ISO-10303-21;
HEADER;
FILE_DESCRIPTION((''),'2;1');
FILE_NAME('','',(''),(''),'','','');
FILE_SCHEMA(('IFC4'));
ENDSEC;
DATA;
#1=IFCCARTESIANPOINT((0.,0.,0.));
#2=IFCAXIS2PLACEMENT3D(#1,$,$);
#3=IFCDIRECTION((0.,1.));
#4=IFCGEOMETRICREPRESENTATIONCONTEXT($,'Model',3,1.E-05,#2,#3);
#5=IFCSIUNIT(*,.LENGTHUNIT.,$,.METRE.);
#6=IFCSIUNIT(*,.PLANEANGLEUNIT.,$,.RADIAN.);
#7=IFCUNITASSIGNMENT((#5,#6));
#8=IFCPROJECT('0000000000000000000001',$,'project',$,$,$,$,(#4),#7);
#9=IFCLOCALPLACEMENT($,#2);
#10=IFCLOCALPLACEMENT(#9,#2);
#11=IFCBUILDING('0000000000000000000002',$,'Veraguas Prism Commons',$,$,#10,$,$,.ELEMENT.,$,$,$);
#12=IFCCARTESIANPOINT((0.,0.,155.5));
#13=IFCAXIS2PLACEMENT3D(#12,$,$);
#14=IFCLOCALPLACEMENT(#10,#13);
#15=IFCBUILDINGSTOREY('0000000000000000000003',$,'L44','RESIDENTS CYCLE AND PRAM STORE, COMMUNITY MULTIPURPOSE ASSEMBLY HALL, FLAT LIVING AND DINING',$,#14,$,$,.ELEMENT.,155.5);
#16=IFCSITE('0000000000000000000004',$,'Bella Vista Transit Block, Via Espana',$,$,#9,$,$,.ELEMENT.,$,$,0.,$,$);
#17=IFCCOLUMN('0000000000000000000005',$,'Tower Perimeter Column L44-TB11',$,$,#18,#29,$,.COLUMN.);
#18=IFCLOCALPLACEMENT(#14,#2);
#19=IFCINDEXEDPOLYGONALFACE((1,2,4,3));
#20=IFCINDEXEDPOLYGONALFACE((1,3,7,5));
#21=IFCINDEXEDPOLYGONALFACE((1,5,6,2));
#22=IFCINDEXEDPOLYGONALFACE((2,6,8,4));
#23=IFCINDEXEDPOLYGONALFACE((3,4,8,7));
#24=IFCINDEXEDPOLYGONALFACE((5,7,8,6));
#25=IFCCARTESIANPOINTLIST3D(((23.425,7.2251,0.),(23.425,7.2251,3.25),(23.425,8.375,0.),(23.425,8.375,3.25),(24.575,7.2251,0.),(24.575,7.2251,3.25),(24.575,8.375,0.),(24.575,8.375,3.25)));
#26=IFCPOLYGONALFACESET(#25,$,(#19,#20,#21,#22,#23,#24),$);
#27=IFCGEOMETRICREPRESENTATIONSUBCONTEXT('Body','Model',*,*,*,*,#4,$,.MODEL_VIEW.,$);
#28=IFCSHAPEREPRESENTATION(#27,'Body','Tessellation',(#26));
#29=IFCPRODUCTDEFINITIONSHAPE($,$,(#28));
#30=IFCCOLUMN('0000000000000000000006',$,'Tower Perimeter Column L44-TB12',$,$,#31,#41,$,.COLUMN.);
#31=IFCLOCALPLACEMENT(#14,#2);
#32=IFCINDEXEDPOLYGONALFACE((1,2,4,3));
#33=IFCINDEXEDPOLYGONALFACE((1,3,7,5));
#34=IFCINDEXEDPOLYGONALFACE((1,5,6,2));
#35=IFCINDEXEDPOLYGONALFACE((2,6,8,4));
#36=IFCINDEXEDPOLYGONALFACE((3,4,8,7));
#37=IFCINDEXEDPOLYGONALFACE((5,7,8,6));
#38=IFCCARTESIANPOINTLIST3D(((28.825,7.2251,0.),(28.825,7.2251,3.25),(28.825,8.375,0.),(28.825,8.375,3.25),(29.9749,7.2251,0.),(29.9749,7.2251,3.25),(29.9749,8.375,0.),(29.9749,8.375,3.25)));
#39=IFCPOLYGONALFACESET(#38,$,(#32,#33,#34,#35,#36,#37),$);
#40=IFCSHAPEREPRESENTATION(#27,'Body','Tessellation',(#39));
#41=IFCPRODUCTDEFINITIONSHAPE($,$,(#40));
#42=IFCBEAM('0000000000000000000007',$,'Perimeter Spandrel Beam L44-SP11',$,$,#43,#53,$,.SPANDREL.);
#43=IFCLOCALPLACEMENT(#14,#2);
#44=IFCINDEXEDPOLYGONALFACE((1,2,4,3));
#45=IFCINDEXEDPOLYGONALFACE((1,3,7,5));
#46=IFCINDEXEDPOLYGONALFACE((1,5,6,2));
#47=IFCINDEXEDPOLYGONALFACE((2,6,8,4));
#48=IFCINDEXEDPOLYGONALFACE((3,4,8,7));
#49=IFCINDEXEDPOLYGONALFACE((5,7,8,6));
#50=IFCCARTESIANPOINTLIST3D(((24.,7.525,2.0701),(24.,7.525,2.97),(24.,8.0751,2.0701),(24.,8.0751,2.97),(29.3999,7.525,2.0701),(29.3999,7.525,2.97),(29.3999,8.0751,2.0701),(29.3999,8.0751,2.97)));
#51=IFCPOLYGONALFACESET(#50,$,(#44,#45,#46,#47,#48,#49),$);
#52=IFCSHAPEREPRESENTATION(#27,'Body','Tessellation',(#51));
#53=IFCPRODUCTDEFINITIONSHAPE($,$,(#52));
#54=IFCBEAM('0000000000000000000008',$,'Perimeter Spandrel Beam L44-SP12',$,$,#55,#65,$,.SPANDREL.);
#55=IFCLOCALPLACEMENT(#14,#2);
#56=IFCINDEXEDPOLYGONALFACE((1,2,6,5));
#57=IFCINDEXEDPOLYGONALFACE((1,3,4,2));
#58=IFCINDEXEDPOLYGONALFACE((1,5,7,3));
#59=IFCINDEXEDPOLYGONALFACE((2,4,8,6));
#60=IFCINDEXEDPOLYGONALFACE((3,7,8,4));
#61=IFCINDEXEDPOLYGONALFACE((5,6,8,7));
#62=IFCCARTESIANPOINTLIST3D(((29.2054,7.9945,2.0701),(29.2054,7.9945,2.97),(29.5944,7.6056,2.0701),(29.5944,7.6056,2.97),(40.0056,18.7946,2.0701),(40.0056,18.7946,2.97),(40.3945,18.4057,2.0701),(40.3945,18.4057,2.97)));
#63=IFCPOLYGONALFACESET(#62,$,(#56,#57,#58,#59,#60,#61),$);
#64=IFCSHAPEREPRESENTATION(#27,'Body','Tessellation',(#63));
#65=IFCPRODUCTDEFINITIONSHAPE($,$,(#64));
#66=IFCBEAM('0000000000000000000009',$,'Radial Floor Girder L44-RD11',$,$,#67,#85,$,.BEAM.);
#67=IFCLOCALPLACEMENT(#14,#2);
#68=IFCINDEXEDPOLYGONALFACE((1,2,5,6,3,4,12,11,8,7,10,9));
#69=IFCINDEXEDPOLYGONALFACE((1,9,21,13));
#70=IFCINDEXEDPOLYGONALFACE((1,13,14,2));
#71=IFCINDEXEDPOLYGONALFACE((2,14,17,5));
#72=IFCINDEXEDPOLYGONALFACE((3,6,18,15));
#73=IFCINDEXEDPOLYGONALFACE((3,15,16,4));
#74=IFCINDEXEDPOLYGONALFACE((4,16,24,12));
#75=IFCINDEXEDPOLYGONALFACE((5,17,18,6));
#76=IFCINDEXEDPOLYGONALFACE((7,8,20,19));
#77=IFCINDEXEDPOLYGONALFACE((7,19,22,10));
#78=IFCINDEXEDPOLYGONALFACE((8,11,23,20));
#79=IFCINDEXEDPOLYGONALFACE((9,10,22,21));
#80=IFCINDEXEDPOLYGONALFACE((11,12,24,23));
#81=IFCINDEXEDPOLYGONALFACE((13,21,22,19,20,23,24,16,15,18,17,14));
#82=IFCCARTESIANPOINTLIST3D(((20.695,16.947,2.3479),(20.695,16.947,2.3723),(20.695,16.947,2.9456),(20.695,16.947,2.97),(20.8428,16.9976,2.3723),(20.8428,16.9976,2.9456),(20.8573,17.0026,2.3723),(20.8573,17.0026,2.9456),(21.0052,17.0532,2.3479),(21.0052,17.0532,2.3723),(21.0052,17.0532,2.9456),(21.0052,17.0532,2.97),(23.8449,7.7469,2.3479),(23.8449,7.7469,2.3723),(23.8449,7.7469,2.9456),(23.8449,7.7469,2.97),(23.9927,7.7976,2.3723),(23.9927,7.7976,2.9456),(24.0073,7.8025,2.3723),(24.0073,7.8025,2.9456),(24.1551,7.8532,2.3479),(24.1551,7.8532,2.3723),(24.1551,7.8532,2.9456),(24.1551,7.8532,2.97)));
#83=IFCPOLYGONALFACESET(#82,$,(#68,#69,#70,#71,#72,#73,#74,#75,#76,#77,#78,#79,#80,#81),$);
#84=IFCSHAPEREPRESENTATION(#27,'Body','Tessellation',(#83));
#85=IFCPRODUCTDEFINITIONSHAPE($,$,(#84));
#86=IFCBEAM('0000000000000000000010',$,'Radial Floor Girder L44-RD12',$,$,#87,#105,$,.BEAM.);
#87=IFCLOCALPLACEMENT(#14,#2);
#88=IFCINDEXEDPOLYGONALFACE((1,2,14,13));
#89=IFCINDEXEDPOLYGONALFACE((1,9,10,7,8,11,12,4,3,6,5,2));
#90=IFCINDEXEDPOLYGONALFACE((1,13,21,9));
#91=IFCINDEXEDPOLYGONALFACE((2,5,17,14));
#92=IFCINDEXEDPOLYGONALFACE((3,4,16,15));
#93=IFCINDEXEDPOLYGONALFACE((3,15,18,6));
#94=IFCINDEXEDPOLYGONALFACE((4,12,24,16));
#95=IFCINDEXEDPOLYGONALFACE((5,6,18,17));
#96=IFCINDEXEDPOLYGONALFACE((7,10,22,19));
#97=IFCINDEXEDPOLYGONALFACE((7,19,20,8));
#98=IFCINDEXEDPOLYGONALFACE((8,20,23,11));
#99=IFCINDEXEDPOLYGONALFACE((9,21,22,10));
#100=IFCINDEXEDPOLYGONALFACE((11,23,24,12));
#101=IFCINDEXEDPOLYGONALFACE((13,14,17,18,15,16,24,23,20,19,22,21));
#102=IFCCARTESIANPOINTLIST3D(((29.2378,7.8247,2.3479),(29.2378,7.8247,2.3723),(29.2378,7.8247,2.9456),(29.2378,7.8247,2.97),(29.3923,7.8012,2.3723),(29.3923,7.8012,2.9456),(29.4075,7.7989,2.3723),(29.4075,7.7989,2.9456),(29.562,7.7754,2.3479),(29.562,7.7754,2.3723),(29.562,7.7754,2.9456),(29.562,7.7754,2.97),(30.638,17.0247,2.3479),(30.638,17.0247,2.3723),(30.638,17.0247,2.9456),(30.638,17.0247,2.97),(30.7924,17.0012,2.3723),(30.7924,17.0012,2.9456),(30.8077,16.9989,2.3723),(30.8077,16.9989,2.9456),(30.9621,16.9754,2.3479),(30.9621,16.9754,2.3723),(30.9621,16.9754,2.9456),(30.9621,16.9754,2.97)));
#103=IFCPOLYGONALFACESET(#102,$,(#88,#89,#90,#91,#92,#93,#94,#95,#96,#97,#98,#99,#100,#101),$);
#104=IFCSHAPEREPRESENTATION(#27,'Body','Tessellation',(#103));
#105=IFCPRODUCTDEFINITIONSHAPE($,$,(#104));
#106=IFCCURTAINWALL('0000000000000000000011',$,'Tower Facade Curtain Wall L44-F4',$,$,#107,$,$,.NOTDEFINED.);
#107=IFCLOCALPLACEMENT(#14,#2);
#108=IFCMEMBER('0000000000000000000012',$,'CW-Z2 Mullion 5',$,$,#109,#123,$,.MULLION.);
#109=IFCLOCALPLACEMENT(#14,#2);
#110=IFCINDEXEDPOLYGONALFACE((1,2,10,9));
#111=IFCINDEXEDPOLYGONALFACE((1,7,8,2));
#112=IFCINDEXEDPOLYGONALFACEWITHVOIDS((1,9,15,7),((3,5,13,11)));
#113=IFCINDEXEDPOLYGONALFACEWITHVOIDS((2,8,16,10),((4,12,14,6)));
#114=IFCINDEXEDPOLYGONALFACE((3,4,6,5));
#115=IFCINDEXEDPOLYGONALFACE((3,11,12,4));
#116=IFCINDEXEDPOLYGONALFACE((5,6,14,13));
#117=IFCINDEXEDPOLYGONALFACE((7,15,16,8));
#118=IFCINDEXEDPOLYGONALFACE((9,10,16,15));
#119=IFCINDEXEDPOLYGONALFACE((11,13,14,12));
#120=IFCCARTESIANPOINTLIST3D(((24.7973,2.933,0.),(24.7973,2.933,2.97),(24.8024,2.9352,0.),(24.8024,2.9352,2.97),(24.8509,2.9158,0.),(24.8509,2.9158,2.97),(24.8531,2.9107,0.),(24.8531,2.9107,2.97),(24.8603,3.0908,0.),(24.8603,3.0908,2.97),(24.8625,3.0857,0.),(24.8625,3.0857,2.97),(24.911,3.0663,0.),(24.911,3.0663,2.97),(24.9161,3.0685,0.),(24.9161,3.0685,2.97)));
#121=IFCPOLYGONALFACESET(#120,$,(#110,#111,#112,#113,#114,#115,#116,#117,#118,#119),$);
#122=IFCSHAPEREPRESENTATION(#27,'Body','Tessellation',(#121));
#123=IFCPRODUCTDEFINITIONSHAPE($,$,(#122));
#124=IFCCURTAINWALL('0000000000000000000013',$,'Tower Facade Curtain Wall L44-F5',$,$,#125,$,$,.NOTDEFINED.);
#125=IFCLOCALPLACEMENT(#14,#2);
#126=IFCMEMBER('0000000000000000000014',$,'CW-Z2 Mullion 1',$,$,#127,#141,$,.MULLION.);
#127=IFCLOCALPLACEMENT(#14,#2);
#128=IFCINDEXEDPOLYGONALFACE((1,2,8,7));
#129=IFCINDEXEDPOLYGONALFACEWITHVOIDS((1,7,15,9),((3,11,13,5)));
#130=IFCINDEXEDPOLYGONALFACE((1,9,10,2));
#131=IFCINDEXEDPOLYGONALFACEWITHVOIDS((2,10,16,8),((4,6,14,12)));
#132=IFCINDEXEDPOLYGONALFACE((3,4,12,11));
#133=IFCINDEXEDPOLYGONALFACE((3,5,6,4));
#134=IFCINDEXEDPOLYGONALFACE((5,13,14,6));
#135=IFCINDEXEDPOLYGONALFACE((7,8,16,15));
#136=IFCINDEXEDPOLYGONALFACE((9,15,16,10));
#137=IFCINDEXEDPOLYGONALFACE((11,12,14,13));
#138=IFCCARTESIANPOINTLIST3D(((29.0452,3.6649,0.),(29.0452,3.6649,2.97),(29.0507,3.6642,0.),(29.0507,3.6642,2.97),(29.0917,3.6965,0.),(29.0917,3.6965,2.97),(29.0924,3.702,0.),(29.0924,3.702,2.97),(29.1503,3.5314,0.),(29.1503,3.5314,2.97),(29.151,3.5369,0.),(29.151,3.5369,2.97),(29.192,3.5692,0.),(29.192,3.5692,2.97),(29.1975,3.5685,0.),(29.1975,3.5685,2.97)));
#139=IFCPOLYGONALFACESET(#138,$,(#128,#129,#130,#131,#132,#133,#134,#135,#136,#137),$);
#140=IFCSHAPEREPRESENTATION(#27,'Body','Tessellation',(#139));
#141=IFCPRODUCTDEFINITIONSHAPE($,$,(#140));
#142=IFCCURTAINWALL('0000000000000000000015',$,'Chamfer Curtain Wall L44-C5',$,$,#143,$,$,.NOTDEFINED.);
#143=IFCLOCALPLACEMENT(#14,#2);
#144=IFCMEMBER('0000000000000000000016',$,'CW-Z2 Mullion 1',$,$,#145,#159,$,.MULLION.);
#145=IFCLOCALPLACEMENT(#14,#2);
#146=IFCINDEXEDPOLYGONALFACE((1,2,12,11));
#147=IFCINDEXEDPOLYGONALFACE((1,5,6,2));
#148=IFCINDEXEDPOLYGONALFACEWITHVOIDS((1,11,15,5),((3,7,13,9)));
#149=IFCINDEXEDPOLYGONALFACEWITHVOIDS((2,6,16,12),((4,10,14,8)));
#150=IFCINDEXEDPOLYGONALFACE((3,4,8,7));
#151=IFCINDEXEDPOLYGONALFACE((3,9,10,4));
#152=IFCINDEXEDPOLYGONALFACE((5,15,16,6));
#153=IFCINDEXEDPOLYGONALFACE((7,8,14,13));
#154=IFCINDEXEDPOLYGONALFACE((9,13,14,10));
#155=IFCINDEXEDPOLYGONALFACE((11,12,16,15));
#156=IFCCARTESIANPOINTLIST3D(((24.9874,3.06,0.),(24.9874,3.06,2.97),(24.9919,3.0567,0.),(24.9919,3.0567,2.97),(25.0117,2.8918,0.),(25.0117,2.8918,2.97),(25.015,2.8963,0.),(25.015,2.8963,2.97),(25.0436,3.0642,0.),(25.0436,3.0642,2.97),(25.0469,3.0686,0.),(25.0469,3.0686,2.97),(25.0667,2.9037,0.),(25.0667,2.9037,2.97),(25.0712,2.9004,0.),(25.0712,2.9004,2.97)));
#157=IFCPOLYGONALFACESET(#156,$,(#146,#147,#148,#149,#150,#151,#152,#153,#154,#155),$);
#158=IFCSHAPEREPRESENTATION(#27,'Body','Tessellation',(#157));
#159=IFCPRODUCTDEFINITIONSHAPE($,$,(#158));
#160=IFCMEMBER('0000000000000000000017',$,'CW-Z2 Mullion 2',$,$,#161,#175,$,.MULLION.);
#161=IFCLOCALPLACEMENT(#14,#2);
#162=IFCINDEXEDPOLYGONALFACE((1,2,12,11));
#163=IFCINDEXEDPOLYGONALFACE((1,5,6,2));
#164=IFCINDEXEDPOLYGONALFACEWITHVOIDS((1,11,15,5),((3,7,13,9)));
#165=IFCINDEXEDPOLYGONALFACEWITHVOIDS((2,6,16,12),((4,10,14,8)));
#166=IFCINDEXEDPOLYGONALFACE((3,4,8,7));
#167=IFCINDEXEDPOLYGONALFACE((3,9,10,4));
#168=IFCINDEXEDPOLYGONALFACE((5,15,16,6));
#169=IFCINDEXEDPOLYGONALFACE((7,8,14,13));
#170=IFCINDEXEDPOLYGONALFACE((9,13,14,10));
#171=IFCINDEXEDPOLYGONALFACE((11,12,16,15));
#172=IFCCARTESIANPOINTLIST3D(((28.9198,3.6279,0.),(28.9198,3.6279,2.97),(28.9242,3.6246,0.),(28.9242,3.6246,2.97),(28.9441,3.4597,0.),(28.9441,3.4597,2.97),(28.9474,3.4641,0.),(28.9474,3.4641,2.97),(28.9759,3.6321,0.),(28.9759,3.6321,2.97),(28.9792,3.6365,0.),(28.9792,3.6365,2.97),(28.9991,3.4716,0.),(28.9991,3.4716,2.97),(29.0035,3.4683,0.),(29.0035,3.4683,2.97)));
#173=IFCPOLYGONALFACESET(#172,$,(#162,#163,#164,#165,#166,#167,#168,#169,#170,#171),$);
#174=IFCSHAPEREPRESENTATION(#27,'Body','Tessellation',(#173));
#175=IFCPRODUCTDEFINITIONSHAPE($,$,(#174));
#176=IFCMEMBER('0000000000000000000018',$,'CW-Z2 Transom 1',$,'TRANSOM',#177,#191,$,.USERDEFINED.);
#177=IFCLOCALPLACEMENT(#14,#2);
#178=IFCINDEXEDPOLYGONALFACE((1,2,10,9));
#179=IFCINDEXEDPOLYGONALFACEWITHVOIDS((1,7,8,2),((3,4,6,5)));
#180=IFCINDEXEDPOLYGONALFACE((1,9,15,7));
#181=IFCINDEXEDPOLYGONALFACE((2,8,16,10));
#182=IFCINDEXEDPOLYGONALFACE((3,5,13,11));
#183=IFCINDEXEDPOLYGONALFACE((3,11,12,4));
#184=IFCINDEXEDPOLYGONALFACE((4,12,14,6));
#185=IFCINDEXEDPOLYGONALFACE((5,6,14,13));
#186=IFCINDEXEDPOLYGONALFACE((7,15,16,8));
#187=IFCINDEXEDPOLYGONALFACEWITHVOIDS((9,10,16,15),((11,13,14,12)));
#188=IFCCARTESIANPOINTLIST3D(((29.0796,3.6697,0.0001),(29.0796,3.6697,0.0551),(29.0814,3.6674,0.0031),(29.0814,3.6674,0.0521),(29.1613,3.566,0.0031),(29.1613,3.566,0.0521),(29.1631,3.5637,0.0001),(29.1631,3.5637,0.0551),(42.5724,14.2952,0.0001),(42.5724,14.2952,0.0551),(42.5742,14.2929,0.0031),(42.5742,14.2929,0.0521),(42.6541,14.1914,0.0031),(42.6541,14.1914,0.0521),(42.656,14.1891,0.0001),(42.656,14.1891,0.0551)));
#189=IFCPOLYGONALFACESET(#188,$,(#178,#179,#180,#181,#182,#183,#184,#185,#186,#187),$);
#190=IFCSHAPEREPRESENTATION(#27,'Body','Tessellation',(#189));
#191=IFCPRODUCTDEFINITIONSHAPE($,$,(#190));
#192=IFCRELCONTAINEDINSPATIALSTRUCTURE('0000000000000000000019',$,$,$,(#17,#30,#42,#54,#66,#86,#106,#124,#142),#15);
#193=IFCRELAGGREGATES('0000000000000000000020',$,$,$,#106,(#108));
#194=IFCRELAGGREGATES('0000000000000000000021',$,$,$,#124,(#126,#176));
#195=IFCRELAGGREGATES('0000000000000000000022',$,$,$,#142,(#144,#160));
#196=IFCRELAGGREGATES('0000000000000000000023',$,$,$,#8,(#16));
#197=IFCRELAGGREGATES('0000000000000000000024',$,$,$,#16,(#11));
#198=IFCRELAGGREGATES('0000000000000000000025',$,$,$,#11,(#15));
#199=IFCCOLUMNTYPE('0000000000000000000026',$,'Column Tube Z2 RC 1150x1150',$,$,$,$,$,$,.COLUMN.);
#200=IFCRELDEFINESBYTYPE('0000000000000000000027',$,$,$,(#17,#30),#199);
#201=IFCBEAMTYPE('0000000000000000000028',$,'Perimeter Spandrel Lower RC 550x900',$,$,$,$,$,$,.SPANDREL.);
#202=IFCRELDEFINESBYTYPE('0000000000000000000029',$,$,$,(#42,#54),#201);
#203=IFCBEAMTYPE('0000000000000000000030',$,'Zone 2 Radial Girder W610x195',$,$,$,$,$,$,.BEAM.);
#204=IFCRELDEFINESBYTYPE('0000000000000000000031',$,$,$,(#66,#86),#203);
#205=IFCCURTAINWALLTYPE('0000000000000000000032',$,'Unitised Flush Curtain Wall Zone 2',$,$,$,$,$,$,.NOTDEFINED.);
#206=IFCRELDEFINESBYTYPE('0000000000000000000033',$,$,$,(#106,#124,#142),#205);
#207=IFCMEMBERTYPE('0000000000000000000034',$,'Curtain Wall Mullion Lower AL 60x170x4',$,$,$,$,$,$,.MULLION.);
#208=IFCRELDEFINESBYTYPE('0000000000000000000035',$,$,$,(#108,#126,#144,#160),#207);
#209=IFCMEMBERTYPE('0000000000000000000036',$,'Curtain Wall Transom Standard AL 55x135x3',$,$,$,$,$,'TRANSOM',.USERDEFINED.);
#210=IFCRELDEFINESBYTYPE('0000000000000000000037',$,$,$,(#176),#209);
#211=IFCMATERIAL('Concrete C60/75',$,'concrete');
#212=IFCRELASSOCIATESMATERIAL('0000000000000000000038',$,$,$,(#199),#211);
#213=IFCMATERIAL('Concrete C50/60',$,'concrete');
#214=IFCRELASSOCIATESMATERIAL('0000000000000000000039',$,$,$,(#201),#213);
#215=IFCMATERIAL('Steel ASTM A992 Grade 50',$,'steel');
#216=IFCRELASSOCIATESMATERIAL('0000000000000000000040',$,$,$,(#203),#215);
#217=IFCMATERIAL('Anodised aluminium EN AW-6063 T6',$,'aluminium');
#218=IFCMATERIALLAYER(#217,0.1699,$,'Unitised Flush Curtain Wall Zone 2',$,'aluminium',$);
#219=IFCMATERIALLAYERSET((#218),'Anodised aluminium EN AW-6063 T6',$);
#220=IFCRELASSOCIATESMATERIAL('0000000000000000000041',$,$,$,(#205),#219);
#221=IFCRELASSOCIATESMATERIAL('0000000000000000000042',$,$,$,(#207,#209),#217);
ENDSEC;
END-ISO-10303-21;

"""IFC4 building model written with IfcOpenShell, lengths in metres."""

from ifc_helpers import new_model, si_unit, direction, frame, origin, origin_2d, place, context, subcontext, project, spatial, rectangle, hollow_rectangle, i_section, extrude, source, transform, mapped, material, layer, layer_set, material_profile, profile_set, type_object, element, aggregate, save


model = new_model("IFC4")

# Units and contexts
model_context = context("Model", 3, precision=1e-05, world=origin(), true_north=direction((0.0, 1.0)))
body_context = subcontext(model_context, "Body", "Model", "MODEL_VIEW")
ifc_project = project(units=[si_unit("LENGTHUNIT", "METRE"), si_unit("PLANEANGLEUNIT", "RADIAN")], contexts=[model_context])

# Site, building, storey
site_placement = place(None, origin())
site = spatial("IfcSite", under=ifc_project, at=site_placement, Name="Bella Vista Transit Block, Via Espana", CompositionType="ELEMENT", RefElevation=0.0)
building_placement = place(site_placement, origin())
building = spatial("IfcBuilding", under=site, at=building_placement, Name="Veraguas Prism Commons", CompositionType="ELEMENT")
storey_placement = place(building_placement, frame((0.0, 0.0, 155.5)))
storey = spatial("IfcBuildingStorey", under=building, at=storey_placement, Name="L44", Description="RESIDENTS CYCLE AND PRAM STORE, COMMUNITY MULTIPURPOSE ASSEMBLY HALL, FLAT LIVING AND DINING", CompositionType="ELEMENT", Elevation=155.5)

# Columns
ifc_material_1 = material(Name="Concrete C60/75", Category="concrete")
ifc_material_profile_1 = material_profile(ifc_material_1, rectangle(XDim=1.1499, YDim=1.1499, at=origin_2d()), Name="RC1150X1150")
ifc_profile_set_1 = profile_set([ifc_material_profile_1], Name="Concrete C60/75")
column_type = type_object("IfcColumnType", Name="Column Tube Z2 RC 1150x1150", PredefinedType="COLUMN", material=ifc_profile_set_1)
for number, where, z_axis, x_axis, name in (
    (1, (24.0, 7.8, 0.0), (0.0, 0.0, 1.0), (1.0, 0.0, 0.0), "Tower Perimeter Column L44-TB11"),
    (2, (29.3999, 7.8, 0.0), (0.0, 0.0, 1.0), (1.0, 0.0, 0.0), "Tower Perimeter Column L44-TB12"),
):
    element("IfcColumn", number, at=place(storey_placement, frame(where, z_axis=z_axis, x_axis=x_axis)), inside=storey, type_object=column_type, Name=name, PredefinedType="COLUMN", context=body_context, shape_type="SweptSolid", body=[
        extrude(rectangle(XDim=1.1499, YDim=1.1499, at=origin_2d()), origin(), (0.0, 0.0, 1.0), 3.25),
    ])

# Beams
ifc_material_2 = material(Name="Concrete C50/60", Category="concrete")
ifc_material_profile_2 = material_profile(ifc_material_2, rectangle(XDim=0.55, YDim=0.8999, at=origin_2d()), Name="RC550X900")
ifc_profile_set_2 = profile_set([ifc_material_profile_2], Name="Concrete C50/60")
beam_type_1 = type_object("IfcBeamType", Name="Perimeter Spandrel Lower RC 550x900", PredefinedType="SPANDREL", material=ifc_profile_set_2)
beam_1_placement = place(storey_placement, frame((24.0, 7.8, 2.52), z_axis=(1.0, 0.0, 0.0), x_axis=(0.0, 1.0, 0.0)))
element("IfcBeam", 3, at=beam_1_placement, inside=storey, type_object=beam_type_1, Name="Perimeter Spandrel Beam L44-SP11", PredefinedType="SPANDREL", context=body_context, shape_type="SweptSolid", body=[
    extrude(rectangle(XDim=0.55, YDim=0.8999, at=origin_2d()), origin(), (0.0, 0.0, 1.0), 5.3999),
])
beam_2_placement = place(storey_placement, frame((29.3999, 7.8, 2.52), z_axis=(0.707107, 0.707107, 0.0), x_axis=(-0.707107, 0.707107, 0.0)))
element("IfcBeam", 4, at=beam_2_placement, inside=storey, type_object=beam_type_1, Name="Perimeter Spandrel Beam L44-SP12", PredefinedType="SPANDREL", context=body_context, shape_type="SweptSolid", body=[
    extrude(rectangle(XDim=0.55, YDim=0.8999, at=origin_2d()), origin(), (0.0, 0.0, 1.0), 15.2737),
])
ifc_material_3 = material(Name="Steel ASTM A992 Grade 50", Category="steel")
ifc_material_profile_3 = material_profile(ifc_material_3, i_section(OverallWidth=0.3279, OverallDepth=0.6221, WebThickness=0.0154, FlangeThickness=0.0244, at=origin_2d()), Name="W610X195")
ifc_profile_set_3 = profile_set([ifc_material_profile_3], Name="Steel ASTM A992 Grade 50")
beam_type_2 = type_object("IfcBeamType", Name="Zone 2 Radial Girder W610x195", PredefinedType="BEAM", material=ifc_profile_set_3)
beam_3_placement = place(storey_placement, frame((24.0, 7.8, 2.6589), z_axis=(-0.323922, 0.946084, 0.0), x_axis=(-0.946084, -0.323922, 0.0)))
element("IfcBeam", 5, at=beam_3_placement, inside=storey, type_object=beam_type_2, Name="Radial Floor Girder L44-RD11", PredefinedType="BEAM", context=body_context, shape_type="SweptSolid", body=[
    extrude(i_section(OverallWidth=0.3279, OverallDepth=0.6221, WebThickness=0.0154, FlangeThickness=0.0244, at=origin_2d()), origin(), (0.0, 0.0, 1.0), 9.7244),
])
beam_4_placement = place(storey_placement, frame((29.3999, 7.8, 2.6589), z_axis=(0.150458, 0.988616, 0.0), x_axis=(-0.988616, 0.150458, 0.0)))
element("IfcBeam", 6, at=beam_4_placement, inside=storey, type_object=beam_type_2, Name="Radial Floor Girder L44-RD12", PredefinedType="BEAM", context=body_context, shape_type="SweptSolid", body=[
    extrude(i_section(OverallWidth=0.3279, OverallDepth=0.6221, WebThickness=0.0154, FlangeThickness=0.0244, at=origin_2d()), origin(), (0.0, 0.0, 1.0), 9.3059),
])

# Curtain walls, members
ifc_material_4 = material(Name="Anodised aluminium EN AW-6063 T6", Category="aluminium")
ifc_layer_1 = layer(ifc_material_4, 0.1699, Name="Unitised Flush Curtain Wall Zone 2", Category="aluminium")
ifc_layer_set_1 = layer_set([ifc_layer_1], Name="Anodised aluminium EN AW-6063 T6")
curtain_wall_type = type_object("IfcCurtainWallType", Name="Unitised Flush Curtain Wall Zone 2", PredefinedType="NOTDEFINED", material=ifc_layer_set_1)
curtain_wall_1_placement = place(storey_placement, origin())
curtain_wall_1 = element("IfcCurtainWall", 7, at=curtain_wall_1_placement, inside=storey, type_object=curtain_wall_type, Name="Tower Facade Curtain Wall L44-F4", PredefinedType="NOTDEFINED")
ifc_material_profile_4 = material_profile(ifc_material_4, hollow_rectangle(XDim=0.0601, YDim=0.1699, WallThickness=0.0039, at=origin_2d()), Name="AL60X170X4")
ifc_profile_set_4 = profile_set([ifc_material_profile_4], Name="Anodised aluminium EN AW-6063 T6")
member_type_1 = type_object("IfcMemberType", Name="Curtain Wall Mullion Lower AL 60x170x4", PredefinedType="MULLION", material=ifc_profile_set_4)
shared_shape_1 = source(origin(), body_context, "Body", "SweptSolid", [
    extrude(hollow_rectangle(XDim=0.0601, YDim=0.1699, WallThickness=0.0039, at=origin_2d()), origin(), (0.0, 0.0, 1.0), 2.97),
])
member_1_placement = place(storey_placement, frame((24.8567, 3.0007, 0.0), z_axis=(0.0, 0.0, 1.0), x_axis=(0.928617, -0.371039, 0.0)))
member_1 = element("IfcMember", 8, at=member_1_placement, type_object=member_type_1, Name="CW-Z2 Mullion 5", PredefinedType="MULLION", context=body_context, shape_type="MappedRepresentation", body=[
    mapped(shared_shape_1, transform((0.0, 0.0, 0.0), scale=1.0)),
])
curtain_wall_2_placement = place(storey_placement, origin())
curtain_wall_2 = element("IfcCurtainWall", 9, at=curtain_wall_2_placement, inside=storey, type_object=curtain_wall_type, Name="Tower Facade Curtain Wall L44-F5", PredefinedType="NOTDEFINED")
member_2_placement = place(storey_placement, frame((29.1213, 3.6167, 0.0), z_axis=(0.0, 0.0, 1.0), x_axis=(0.78564, 0.618684, 0.0)))
member_2 = element("IfcMember", 10, at=member_2_placement, type_object=member_type_1, Name="CW-Z2 Mullion 1", PredefinedType="MULLION", context=body_context, shape_type="MappedRepresentation", body=[
    mapped(shared_shape_1, transform((0.0, 0.0, 0.0), scale=1.0)),
])

# Curtain wall, members
curtain_wall_3_placement = place(storey_placement, origin())
curtain_wall_3 = element("IfcCurtainWall", 11, at=curtain_wall_3_placement, inside=storey, type_object=curtain_wall_type, Name="Chamfer Curtain Wall L44-C5", PredefinedType="NOTDEFINED")
member_3_placement = place(storey_placement, frame((25.0293, 2.9802, 0.0), z_axis=(0.0, 0.0, 1.0), x_axis=(0.989731, 0.142942, 0.0)))
member_3 = element("IfcMember", 12, at=member_3_placement, type_object=member_type_1, Name="CW-Z2 Mullion 1", PredefinedType="MULLION", context=body_context, shape_type="MappedRepresentation", body=[
    mapped(shared_shape_1, transform((0.0, 0.0, 0.0), scale=1.0)),
])
member_4_placement = place(storey_placement, frame((28.9617, 3.5481, 0.0), z_axis=(0.0, 0.0, 1.0), x_axis=(0.989731, 0.142942, 0.0)))
member_4 = element("IfcMember", 13, at=member_4_placement, type_object=member_type_1, Name="CW-Z2 Mullion 2", PredefinedType="MULLION", context=body_context, shape_type="MappedRepresentation", body=[
    mapped(shared_shape_1, transform((0.0, 0.0, 0.0), scale=1.0)),
])

# Member
ifc_material_profile_5 = material_profile(ifc_material_4, hollow_rectangle(XDim=0.0549, YDim=0.135, WallThickness=0.0029, at=origin_2d()), Name="AL55X135X3")
ifc_profile_set_5 = profile_set([ifc_material_profile_5], Name="Anodised aluminium EN AW-6063 T6")
member_type_2 = type_object("IfcMemberType", Name="Curtain Wall Transom Standard AL 55x135x3", ElementType="TRANSOM", PredefinedType="USERDEFINED", material=ifc_profile_set_5)
shared_shape_2 = source(origin(), body_context, "Body", "SweptSolid", [
    extrude(hollow_rectangle(XDim=0.0549, YDim=0.135, WallThickness=0.0029, at=origin_2d()), origin(), (0.0, 0.0, 1.0), 17.1743),
])
member_5_placement = place(storey_placement, frame((29.1213, 3.6167, 0.0276), z_axis=(0.785642, 0.618682, 0.0), x_axis=(0.0, 0.0, 1.0)))
member_5 = element("IfcMember", 14, at=member_5_placement, type_object=member_type_2, Name="CW-Z2 Transom 1", ObjectType="TRANSOM", PredefinedType="USERDEFINED", context=body_context, shape_type="MappedRepresentation", body=[
    mapped(shared_shape_2, transform((0.0, 0.0, 0.0), scale=1.0)),
])

aggregate(curtain_wall_1, [member_1])
aggregate(curtain_wall_2, [member_2, member_5])
aggregate(curtain_wall_3, [member_3, member_4])

save(model, "model.ifc")
